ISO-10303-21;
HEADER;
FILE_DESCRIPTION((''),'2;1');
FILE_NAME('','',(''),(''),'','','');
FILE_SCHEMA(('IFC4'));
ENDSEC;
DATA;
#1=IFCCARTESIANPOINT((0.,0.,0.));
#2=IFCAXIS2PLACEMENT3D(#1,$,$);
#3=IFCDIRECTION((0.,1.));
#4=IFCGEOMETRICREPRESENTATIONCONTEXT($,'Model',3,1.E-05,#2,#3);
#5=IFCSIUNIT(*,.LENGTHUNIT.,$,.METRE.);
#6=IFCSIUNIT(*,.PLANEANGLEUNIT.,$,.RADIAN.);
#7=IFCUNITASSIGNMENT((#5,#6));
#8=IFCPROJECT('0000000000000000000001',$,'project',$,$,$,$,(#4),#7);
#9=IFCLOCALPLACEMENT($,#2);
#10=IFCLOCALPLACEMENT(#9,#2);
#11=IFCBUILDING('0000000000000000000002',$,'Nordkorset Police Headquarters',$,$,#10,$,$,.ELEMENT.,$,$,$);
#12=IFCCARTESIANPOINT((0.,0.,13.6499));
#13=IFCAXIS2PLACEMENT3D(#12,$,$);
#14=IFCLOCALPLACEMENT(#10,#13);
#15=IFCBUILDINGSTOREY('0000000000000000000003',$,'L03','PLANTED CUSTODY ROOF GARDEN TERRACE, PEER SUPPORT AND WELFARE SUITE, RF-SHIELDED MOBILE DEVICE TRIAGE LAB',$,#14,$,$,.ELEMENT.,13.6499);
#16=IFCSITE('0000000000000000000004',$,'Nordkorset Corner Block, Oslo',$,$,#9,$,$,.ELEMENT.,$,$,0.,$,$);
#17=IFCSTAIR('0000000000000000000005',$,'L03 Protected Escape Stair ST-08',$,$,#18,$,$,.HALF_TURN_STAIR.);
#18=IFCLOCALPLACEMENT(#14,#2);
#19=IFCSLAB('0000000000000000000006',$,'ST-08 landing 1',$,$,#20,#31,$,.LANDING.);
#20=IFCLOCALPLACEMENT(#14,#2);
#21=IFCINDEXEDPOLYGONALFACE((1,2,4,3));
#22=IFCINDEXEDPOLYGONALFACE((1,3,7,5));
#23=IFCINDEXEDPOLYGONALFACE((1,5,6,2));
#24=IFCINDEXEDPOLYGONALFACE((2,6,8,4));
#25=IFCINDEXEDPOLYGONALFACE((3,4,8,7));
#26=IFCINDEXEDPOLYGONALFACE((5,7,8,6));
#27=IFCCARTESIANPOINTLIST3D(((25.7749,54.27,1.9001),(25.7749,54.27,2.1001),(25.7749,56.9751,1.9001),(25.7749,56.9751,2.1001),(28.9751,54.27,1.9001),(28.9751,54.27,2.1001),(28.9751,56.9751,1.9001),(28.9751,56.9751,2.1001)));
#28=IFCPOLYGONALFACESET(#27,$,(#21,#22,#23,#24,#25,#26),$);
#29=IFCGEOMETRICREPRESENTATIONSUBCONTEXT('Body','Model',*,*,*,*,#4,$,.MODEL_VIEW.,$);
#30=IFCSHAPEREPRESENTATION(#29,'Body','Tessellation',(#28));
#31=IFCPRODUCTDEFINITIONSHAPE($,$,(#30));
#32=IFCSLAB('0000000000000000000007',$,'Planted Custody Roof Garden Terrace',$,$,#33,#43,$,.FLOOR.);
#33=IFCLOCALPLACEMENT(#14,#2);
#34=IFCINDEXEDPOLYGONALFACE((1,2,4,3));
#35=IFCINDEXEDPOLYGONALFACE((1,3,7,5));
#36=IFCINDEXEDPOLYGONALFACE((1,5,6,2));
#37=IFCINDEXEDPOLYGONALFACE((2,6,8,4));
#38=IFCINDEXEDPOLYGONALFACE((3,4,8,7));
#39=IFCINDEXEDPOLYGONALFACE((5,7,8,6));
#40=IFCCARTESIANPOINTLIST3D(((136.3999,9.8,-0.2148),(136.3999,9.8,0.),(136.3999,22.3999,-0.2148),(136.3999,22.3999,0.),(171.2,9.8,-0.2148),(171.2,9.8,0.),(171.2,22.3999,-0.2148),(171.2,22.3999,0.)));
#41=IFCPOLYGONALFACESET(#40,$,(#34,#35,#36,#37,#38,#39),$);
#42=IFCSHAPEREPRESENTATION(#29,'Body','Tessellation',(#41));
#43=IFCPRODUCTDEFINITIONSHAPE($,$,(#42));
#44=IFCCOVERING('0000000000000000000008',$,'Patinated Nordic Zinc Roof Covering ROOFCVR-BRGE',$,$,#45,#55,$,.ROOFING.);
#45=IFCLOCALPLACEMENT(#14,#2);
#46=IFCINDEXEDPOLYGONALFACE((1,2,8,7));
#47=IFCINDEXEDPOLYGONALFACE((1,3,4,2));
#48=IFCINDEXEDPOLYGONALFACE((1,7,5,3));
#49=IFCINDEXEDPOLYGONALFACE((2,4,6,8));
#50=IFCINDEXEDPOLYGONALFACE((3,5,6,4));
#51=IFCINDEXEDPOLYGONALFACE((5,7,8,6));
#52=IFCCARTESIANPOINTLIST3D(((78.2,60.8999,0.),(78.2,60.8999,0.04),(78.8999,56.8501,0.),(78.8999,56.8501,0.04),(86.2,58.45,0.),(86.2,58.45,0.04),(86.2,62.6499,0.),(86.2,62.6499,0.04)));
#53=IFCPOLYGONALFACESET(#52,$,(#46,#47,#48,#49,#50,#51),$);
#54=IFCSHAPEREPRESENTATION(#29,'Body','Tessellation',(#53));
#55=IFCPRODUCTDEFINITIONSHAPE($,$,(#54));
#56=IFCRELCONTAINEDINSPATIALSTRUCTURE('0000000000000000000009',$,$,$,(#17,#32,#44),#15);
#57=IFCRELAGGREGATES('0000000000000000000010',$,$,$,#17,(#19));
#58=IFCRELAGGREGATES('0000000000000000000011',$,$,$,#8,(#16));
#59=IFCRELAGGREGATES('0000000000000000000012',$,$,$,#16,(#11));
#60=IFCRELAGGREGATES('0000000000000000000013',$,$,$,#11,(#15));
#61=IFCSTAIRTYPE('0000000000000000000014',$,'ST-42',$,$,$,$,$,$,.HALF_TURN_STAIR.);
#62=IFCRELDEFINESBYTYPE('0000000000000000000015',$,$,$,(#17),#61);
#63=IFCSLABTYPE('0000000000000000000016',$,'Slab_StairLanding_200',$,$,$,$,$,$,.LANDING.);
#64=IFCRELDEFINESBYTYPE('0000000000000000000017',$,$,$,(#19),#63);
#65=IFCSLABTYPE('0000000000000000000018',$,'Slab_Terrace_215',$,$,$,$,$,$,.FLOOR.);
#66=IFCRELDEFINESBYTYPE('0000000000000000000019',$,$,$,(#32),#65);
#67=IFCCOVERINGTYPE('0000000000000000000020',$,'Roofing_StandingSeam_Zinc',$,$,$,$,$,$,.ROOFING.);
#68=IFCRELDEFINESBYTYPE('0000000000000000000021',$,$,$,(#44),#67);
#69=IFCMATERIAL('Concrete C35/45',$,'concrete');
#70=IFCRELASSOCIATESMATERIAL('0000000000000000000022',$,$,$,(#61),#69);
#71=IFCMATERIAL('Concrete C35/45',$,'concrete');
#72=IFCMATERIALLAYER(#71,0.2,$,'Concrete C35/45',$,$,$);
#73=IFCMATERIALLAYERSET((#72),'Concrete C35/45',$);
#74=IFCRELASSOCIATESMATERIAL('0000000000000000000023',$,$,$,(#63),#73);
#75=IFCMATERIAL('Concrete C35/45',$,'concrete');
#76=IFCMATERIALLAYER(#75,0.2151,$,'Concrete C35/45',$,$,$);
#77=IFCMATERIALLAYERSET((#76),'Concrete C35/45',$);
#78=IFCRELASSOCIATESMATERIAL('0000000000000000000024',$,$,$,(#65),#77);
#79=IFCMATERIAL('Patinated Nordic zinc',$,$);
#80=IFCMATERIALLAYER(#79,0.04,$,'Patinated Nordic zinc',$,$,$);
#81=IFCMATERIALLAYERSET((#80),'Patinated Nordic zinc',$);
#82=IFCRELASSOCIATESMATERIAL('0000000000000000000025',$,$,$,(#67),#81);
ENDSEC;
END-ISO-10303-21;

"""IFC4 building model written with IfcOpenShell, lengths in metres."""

from ifc_helpers import new_model, si_unit, direction, frame, origin, place, context, subcontext, project, spatial, polyline, outline, extrude, material, layer, layer_set, type_object, element, aggregate, save


model = new_model("IFC4")

# Units and contexts
model_context = context("Model", 3, precision=1e-05, world=origin(), true_north=direction((0.0, 1.0)))
body_context = subcontext(model_context, "Body", "Model", "MODEL_VIEW")
ifc_project = project(units=[si_unit("LENGTHUNIT", "METRE"), si_unit("PLANEANGLEUNIT", "RADIAN")], contexts=[model_context])

# Site, building, storey
site_placement = place(None, origin())
site = spatial("IfcSite", under=ifc_project, at=site_placement, Name="Nordkorset Corner Block, Oslo", CompositionType="ELEMENT", RefElevation=0.0)
building_placement = place(site_placement, origin())
building = spatial("IfcBuilding", under=site, at=building_placement, Name="Nordkorset Police Headquarters", CompositionType="ELEMENT")
storey_placement = place(building_placement, frame((0.0, 0.0, 13.6499)))
storey = spatial("IfcBuildingStorey", under=building, at=storey_placement, Name="L03", Description="PLANTED CUSTODY ROOF GARDEN TERRACE, PEER SUPPORT AND WELFARE SUITE, RF-SHIELDED MOBILE DEVICE TRIAGE LAB", CompositionType="ELEMENT", Elevation=13.6499)

# Stair, slab
ifc_material_1 = material(Name="Concrete C35/45", Category="concrete")
stair_type = type_object("IfcStairType", Name="ST-42", PredefinedType="HALF_TURN_STAIR", material=ifc_material_1)
ifc_material_2 = material(Name="Concrete C35/45", Category="concrete")
ifc_layer_1 = layer(ifc_material_2, 0.2, Name="Concrete C35/45")
ifc_layer_set_1 = layer_set([ifc_layer_1], Name="Concrete C35/45")
slab_type_1 = type_object("IfcSlabType", Name="Slab_StairLanding_200", PredefinedType="LANDING", material=ifc_layer_set_1)
stair_1_placement = place(storey_placement, origin())
stair_1 = element("IfcStair", 1, at=stair_1_placement, inside=storey, type_object=stair_type, Name="L03 Protected Escape Stair ST-08", PredefinedType="HALF_TURN_STAIR")
slab_1_placement = place(storey_placement, frame((0.0, 0.0, 1.9001)))
slab_1 = element("IfcSlab", 2, at=slab_1_placement, type_object=slab_type_1, Name="ST-08 landing 1", PredefinedType="LANDING", context=body_context, shape_type="SweptSolid", body=[
    extrude(outline(polyline([(28.9751, 54.27), (28.9751, 56.9751), (25.7749, 56.9751), (25.7749, 54.27), (28.9751, 54.27)])), origin(), (0.0, 0.0, 1.0), 0.2),
])
aggregate(stair_1, [slab_1])

# Slab
ifc_material_3 = material(Name="Concrete C35/45", Category="concrete")
ifc_layer_2 = layer(ifc_material_3, 0.2151, Name="Concrete C35/45")
ifc_layer_set_2 = layer_set([ifc_layer_2], Name="Concrete C35/45")
slab_type_2 = type_object("IfcSlabType", Name="Slab_Terrace_215", PredefinedType="FLOOR", material=ifc_layer_set_2)
slab_2_placement = place(storey_placement, frame((0.0, 0.0, -0.2148)))
element("IfcSlab", 3, at=slab_2_placement, inside=storey, type_object=slab_type_2, Name="Planted Custody Roof Garden Terrace", PredefinedType="FLOOR", context=body_context, shape_type="SweptSolid", body=[
    extrude(outline(polyline([(136.3999, 9.8), (171.2, 9.8), (171.2, 22.3999), (136.3999, 22.3999), (136.3999, 9.8)])), origin(), (0.0, 0.0, 1.0), 0.2148),
])

# Covering
ifc_material_4 = material(Name="Patinated Nordic zinc")
ifc_layer_3 = layer(ifc_material_4, 0.04, Name="Patinated Nordic zinc")
ifc_layer_set_3 = layer_set([ifc_layer_3], Name="Patinated Nordic zinc")
covering_type = type_object("IfcCoveringType", Name="Roofing_StandingSeam_Zinc", PredefinedType="ROOFING", material=ifc_layer_set_3)
covering_placement = place(storey_placement, origin())
element("IfcCovering", 4, at=covering_placement, inside=storey, type_object=covering_type, Name="Patinated Nordic Zinc Roof Covering ROOFCVR-BRGE", PredefinedType="ROOFING", context=body_context, shape_type="SweptSolid", body=[
    extrude(outline(polyline([(78.8999, 56.8501), (86.2, 58.45), (86.2, 62.6499), (78.2, 60.8999), (78.8999, 56.8501)])), origin(), (0.0, 0.0, 1.0), 0.04),
])

save(model, "model.ifc")
